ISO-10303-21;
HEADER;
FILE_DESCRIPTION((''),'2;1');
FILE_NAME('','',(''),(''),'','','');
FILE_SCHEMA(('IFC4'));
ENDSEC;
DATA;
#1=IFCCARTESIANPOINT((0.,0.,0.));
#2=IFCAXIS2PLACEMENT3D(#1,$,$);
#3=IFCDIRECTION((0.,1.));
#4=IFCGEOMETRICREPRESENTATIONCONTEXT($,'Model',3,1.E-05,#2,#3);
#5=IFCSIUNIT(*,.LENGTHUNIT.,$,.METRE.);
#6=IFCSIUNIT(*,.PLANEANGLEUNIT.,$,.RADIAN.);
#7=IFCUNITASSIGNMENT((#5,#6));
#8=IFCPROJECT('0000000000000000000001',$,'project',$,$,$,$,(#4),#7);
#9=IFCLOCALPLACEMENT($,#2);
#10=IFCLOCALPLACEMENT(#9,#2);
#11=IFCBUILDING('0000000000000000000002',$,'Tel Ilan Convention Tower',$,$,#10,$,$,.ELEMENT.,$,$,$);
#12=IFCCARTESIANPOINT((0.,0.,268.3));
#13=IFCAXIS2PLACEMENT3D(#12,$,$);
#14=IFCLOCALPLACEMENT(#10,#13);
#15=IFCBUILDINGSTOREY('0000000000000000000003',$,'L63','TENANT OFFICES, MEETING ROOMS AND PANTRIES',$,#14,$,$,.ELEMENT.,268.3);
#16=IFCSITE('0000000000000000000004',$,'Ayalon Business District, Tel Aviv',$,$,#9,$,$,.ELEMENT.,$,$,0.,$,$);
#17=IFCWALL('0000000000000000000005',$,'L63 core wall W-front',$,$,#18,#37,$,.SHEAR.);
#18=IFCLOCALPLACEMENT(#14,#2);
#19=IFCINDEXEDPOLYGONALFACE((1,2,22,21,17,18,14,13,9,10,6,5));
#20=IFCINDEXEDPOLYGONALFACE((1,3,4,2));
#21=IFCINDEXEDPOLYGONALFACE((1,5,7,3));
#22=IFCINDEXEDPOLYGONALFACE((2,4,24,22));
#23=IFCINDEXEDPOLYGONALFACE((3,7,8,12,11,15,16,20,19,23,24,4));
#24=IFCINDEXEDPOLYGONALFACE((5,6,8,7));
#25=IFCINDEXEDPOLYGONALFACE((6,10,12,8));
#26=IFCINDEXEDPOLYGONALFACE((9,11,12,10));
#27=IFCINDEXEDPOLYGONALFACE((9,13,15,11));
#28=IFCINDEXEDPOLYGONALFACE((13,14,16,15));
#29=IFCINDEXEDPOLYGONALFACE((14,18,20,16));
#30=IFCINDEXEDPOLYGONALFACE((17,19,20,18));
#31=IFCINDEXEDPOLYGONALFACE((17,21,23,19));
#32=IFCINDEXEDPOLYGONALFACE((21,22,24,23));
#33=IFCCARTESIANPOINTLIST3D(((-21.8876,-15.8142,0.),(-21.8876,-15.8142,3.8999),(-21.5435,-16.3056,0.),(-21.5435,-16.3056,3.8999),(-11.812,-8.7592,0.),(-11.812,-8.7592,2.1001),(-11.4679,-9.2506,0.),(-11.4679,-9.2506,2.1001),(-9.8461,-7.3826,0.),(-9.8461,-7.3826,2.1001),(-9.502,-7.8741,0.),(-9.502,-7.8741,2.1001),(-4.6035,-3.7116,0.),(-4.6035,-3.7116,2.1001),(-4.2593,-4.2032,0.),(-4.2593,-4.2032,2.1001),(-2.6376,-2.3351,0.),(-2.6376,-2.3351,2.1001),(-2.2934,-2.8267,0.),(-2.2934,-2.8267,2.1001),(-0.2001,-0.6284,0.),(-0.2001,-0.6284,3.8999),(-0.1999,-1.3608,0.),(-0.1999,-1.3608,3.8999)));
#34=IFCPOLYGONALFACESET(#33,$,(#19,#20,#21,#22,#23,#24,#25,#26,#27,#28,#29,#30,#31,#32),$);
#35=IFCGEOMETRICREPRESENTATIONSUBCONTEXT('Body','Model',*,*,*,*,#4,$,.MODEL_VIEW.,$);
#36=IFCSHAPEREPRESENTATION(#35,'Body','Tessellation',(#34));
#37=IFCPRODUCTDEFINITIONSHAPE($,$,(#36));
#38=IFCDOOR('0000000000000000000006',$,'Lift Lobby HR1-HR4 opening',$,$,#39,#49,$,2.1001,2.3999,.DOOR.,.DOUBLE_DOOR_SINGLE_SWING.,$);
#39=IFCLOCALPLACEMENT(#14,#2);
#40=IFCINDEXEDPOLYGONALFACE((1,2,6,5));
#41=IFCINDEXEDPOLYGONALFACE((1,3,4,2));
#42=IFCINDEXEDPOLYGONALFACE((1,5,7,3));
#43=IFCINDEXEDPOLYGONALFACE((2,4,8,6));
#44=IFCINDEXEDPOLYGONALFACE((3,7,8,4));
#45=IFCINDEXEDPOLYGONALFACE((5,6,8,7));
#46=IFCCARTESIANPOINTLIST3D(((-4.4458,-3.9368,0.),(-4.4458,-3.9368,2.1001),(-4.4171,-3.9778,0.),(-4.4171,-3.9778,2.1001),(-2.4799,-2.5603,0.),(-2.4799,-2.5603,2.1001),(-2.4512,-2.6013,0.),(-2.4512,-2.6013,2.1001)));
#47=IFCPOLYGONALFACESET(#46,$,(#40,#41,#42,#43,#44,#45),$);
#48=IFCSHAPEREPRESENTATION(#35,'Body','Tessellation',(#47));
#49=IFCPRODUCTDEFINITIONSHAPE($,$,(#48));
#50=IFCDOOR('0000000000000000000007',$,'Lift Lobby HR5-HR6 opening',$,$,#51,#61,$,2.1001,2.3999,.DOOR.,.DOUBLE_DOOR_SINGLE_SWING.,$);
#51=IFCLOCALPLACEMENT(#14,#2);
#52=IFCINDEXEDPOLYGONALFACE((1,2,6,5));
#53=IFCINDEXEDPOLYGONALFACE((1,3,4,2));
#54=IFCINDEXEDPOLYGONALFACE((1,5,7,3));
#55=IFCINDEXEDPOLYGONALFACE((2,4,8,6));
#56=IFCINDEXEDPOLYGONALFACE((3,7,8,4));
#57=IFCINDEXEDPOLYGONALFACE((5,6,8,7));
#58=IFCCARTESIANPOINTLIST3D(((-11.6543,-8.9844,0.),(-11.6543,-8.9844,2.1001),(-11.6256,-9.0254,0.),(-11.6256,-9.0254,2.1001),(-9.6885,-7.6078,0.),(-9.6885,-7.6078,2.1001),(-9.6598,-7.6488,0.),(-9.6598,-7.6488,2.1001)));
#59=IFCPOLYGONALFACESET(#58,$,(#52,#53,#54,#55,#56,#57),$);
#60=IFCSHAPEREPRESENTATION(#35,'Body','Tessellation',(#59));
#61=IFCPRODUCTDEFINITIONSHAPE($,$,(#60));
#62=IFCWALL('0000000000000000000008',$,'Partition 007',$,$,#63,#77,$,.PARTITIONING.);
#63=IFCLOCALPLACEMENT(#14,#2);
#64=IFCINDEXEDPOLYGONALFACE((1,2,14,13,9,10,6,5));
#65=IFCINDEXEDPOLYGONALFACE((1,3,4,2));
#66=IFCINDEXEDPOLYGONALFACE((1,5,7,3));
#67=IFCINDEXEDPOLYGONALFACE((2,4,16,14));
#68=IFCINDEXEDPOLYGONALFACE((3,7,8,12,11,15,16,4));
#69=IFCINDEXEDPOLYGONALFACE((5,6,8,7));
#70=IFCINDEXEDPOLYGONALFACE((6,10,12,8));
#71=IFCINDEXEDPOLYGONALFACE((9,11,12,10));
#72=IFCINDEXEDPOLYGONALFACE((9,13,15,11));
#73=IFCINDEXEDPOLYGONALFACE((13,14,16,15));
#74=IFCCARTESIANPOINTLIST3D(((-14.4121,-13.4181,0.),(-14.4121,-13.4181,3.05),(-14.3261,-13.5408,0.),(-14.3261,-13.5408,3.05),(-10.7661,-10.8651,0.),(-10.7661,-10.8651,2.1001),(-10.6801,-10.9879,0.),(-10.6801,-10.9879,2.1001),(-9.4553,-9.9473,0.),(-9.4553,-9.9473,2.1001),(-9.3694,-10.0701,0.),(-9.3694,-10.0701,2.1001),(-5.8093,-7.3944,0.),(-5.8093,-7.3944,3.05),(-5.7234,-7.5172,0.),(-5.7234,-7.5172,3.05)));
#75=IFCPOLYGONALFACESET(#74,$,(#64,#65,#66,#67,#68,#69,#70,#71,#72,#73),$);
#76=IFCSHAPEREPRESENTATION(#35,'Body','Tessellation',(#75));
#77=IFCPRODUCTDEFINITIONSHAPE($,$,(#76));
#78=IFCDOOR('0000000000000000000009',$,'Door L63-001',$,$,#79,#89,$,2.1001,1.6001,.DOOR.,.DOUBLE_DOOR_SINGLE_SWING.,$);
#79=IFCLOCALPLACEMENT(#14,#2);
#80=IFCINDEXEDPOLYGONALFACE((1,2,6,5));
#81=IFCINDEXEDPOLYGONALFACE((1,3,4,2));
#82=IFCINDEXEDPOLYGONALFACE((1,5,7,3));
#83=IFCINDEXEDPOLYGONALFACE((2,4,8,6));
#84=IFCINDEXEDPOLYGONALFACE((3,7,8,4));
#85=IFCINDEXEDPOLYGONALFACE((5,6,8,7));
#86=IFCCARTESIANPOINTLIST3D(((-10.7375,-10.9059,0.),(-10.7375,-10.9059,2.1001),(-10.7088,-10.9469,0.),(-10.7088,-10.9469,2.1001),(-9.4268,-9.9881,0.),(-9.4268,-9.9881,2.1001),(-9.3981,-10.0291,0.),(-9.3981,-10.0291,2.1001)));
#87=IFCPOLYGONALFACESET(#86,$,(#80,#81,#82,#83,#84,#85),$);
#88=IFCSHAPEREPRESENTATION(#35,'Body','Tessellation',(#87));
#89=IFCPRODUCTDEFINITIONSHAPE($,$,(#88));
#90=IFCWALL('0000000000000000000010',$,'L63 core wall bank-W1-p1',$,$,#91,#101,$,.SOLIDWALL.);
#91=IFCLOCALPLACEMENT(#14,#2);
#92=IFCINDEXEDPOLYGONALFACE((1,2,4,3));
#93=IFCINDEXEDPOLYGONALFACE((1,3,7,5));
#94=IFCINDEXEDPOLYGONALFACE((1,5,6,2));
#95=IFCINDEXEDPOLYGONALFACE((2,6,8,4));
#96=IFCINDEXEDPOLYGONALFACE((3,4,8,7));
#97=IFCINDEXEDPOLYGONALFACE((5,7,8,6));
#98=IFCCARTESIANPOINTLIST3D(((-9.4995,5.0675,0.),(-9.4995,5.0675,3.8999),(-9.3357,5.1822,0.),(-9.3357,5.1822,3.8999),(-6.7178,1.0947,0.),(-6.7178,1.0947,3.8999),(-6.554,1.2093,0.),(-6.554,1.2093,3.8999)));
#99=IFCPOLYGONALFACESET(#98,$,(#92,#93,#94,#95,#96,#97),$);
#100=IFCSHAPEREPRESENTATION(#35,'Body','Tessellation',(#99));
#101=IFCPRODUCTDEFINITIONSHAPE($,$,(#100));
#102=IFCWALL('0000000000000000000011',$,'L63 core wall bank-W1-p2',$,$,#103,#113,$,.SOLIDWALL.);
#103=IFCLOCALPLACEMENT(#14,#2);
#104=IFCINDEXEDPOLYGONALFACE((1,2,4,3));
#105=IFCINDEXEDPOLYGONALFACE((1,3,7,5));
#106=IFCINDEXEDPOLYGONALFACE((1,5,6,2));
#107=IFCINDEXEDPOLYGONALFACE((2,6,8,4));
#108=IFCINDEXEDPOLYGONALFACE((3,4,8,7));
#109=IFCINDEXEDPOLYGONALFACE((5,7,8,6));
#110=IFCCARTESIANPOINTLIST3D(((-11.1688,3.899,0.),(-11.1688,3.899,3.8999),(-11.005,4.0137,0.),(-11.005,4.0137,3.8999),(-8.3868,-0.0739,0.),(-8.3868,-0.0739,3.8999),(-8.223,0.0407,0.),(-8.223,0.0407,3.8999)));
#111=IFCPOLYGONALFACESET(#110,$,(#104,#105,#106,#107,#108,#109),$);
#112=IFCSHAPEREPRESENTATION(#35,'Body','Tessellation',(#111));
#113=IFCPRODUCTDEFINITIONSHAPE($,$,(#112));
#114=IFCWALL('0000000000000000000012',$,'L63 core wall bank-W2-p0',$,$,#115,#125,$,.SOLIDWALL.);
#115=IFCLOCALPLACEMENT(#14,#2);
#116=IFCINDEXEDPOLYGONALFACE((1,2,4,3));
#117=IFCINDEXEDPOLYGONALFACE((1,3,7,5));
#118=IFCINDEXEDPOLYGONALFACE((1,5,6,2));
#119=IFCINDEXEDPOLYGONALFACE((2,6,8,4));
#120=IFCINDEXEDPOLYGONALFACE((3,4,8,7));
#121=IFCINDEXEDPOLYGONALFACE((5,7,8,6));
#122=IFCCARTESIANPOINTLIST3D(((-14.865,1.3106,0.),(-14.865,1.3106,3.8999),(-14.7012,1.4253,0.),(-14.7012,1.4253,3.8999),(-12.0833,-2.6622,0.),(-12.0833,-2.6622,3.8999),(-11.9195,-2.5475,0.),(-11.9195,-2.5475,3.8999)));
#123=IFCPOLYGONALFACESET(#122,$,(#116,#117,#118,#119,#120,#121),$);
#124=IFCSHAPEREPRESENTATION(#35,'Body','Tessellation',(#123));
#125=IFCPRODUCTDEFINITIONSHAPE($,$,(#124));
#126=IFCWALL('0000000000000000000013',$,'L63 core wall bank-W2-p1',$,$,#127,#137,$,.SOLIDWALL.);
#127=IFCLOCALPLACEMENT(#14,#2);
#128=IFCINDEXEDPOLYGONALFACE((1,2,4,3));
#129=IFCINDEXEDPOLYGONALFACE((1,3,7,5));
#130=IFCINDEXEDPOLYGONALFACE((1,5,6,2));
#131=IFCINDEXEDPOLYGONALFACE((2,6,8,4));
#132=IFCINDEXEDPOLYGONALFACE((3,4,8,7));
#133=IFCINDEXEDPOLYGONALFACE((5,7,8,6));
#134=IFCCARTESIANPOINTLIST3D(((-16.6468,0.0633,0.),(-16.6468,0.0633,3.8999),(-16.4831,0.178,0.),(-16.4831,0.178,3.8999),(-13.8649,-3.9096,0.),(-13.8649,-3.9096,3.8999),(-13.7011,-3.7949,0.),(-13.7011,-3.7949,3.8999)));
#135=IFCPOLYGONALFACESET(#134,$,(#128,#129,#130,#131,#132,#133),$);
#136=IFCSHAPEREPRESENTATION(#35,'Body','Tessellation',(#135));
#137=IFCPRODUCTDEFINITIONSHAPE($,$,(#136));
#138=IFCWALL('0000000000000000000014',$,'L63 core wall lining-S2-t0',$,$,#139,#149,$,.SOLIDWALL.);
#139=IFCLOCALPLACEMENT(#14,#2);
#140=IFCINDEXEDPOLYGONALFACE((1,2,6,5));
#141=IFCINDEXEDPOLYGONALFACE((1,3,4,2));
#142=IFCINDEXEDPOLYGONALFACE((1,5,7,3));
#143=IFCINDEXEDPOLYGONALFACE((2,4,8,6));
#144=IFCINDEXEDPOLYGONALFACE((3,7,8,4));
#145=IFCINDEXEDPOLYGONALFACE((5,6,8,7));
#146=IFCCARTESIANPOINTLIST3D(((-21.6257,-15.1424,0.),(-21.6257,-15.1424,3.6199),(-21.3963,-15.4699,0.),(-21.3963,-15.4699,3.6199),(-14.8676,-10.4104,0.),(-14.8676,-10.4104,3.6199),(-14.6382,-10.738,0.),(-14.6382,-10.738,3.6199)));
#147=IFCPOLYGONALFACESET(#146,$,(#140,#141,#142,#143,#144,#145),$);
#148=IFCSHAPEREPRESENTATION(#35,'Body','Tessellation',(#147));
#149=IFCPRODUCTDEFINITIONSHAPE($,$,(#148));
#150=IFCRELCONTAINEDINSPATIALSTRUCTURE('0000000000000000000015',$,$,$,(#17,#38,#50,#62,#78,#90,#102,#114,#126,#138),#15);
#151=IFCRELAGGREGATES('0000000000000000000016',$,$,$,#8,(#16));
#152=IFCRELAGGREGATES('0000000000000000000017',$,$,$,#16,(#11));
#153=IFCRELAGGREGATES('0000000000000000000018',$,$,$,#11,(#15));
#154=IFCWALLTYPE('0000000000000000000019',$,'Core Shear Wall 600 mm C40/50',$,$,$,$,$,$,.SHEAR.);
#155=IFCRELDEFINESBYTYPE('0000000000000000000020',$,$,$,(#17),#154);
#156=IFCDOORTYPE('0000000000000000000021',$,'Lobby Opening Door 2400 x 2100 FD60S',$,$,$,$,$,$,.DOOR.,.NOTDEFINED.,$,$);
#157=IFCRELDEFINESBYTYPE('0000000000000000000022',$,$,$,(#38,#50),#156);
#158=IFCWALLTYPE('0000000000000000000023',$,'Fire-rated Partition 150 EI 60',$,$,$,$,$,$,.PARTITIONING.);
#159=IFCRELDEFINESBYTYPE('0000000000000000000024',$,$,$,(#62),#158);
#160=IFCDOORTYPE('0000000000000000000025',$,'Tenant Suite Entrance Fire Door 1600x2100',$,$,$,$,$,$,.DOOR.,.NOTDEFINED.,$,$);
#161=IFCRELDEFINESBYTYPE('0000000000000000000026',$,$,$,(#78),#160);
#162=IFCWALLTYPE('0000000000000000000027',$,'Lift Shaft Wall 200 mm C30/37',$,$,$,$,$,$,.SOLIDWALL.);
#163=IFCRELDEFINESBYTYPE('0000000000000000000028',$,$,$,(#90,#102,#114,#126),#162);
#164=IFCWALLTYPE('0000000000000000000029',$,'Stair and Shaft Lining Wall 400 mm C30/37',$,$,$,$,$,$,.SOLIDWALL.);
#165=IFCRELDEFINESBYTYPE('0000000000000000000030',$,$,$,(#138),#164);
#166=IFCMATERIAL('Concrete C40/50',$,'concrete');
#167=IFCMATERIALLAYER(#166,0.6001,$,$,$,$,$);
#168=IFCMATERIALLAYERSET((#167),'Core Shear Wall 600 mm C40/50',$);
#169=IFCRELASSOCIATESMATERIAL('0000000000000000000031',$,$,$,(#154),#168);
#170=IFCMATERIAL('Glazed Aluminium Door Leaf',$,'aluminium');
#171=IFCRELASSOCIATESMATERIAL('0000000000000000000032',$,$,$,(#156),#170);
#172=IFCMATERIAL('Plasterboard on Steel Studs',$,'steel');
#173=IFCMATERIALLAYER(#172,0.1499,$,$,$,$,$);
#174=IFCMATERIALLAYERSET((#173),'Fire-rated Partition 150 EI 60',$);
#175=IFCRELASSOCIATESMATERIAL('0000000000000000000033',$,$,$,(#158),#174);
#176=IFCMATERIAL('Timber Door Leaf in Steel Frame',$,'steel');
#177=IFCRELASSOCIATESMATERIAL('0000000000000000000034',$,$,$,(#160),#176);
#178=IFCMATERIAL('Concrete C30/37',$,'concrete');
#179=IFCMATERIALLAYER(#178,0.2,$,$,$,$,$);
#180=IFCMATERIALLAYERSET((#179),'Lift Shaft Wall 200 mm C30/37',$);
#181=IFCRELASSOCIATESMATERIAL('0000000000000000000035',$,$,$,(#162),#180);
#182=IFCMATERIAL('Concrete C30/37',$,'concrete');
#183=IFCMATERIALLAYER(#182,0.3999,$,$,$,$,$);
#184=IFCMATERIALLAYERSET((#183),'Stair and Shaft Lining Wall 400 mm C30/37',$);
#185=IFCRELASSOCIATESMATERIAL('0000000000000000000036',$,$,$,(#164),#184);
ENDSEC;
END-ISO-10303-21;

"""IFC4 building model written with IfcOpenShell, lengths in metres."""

from ifc_helpers import new_model, si_unit, direction, frame, frame_2d, origin, place, context, subcontext, project, spatial, polyline, rectangle, outline, extrude, material, layer, layer_set, type_object, element, fill, save


model = new_model("IFC4")

# Units and contexts
model_context = context("Model", 3, precision=1e-05, world=origin(), true_north=direction((0.0, 1.0)))
body_context = subcontext(model_context, "Body", "Model", "MODEL_VIEW")
ifc_project = project(units=[si_unit("LENGTHUNIT", "METRE"), si_unit("PLANEANGLEUNIT", "RADIAN")], contexts=[model_context])

# Site, building, storey
site_placement = place(None, origin())
site = spatial("IfcSite", under=ifc_project, at=site_placement, Name="Ayalon Business District, Tel Aviv", CompositionType="ELEMENT", RefElevation=0.0)
building_placement = place(site_placement, origin())
building = spatial("IfcBuilding", under=site, at=building_placement, Name="Tel Ilan Convention Tower", CompositionType="ELEMENT")
storey_placement = place(building_placement, frame((0.0, 0.0, 268.3)))
storey = spatial("IfcBuildingStorey", under=building, at=storey_placement, Name="L63", Description="TENANT OFFICES, MEETING ROOMS AND PANTRIES", CompositionType="ELEMENT", Elevation=268.3)

# Wall, openings, doors
ifc_material_1 = material(Name="Concrete C40/50", Category="concrete")
ifc_layer_1 = layer(ifc_material_1, 0.6001)
ifc_layer_set_1 = layer_set([ifc_layer_1], Name="Core Shear Wall 600 mm C40/50")
wall_type_1 = type_object("IfcWallType", Name="Core Shear Wall 600 mm C40/50", PredefinedType="SHEAR", material=ifc_layer_set_1)
wall_1_placement = place(storey_placement, frame((-0.0278, -0.874, 0.0), z_axis=(0.0, 0.0, 1.0), x_axis=(-0.81915, -0.573579, 0.0)))
wall_1 = element("IfcWall", 1, at=wall_1_placement, inside=storey, type_object=wall_type_1, Name="L63 core wall W-front", PredefinedType="SHEAR", context=body_context, shape_type="SweptSolid", body=[
    extrude(outline(polyline([(26.4758, 0.2998), (0.4202, 0.3), (0.0002, -0.3), (26.4758, -0.3), (26.4758, 0.2998)])), origin(), (0.0, 0.0, 1.0), 3.8999),
])
opening_1_placement = place(wall_1_placement, frame((2.9758, 0.0, 0.0)))
opening_1 = element("IfcOpeningElement", 2, at=opening_1_placement, cuts=wall_1, PredefinedType="OPENING", context=body_context, shape_type="SweptSolid", body=[
    extrude(rectangle(XDim=2.3999, YDim=2.1001, at=frame_2d((1.2, 1.05))), frame((0.0, 0.3101, 0.0), z_axis=(0.0, -1.0, 0.0), x_axis=(1.0, 0.0, 0.0)), (0.0, 0.0, 1.0), 0.6201),
])
opening_2_placement = place(wall_1_placement, frame((11.7759, 0.0, 0.0)))
opening_2 = element("IfcOpeningElement", 3, at=opening_2_placement, cuts=wall_1, PredefinedType="OPENING", context=body_context, shape_type="SweptSolid", body=[
    extrude(rectangle(XDim=2.3999, YDim=2.1001, at=frame_2d((1.2, 1.05))), frame((0.0, 0.3101, 0.0), z_axis=(0.0, -1.0, 0.0), x_axis=(1.0, 0.0, 0.0)), (0.0, 0.0, 1.0), 0.6201),
])
ifc_material_2 = material(Name="Glazed Aluminium Door Leaf", Category="aluminium")
door_type_1 = type_object("IfcDoorType", Name="Lobby Opening Door 2400 x 2100 FD60S", OperationType="NOTDEFINED", PredefinedType="DOOR", material=ifc_material_2)
door_1_placement = place(opening_1_placement, origin())
door_1 = element("IfcDoor", 4, at=door_1_placement, inside=storey, type_object=door_type_1, Name="Lift Lobby HR1-HR4 opening", OperationType="DOUBLE_DOOR_SINGLE_SWING", OverallHeight=2.1001, OverallWidth=2.3999, PredefinedType="DOOR", context=body_context, shape_type="SweptSolid", body=[
    extrude(rectangle(XDim=2.3999, YDim=2.1001, at=frame_2d((1.2, 1.05))), frame((0.0, 0.0249, 0.0), z_axis=(0.0, -1.0, 0.0), x_axis=(1.0, 0.0, 0.0)), (0.0, 0.0, 1.0), 0.05),
])
fill(opening_1, door_1)
door_2_placement = place(opening_2_placement, origin())
door_2 = element("IfcDoor", 5, at=door_2_placement, inside=storey, type_object=door_type_1, Name="Lift Lobby HR5-HR6 opening", OperationType="DOUBLE_DOOR_SINGLE_SWING", OverallHeight=2.1001, OverallWidth=2.3999, PredefinedType="DOOR", context=body_context, shape_type="SweptSolid", body=[
    extrude(rectangle(XDim=2.3999, YDim=2.1001, at=frame_2d((1.2, 1.05))), frame((0.0, 0.0249, 0.0), z_axis=(0.0, -1.0, 0.0), x_axis=(1.0, 0.0, 0.0)), (0.0, 0.0, 1.0), 0.05),
])
fill(opening_2, door_2)

# Wall, opening, door
ifc_material_3 = material(Name="Plasterboard on Steel Studs", Category="steel")
ifc_layer_2 = layer(ifc_material_3, 0.1499)
ifc_layer_set_2 = layer_set([ifc_layer_2], Name="Fire-rated Partition 150 EI 60")
wall_type_2 = type_object("IfcWallType", Name="Fire-rated Partition 150 EI 60", PredefinedType="PARTITIONING", material=ifc_layer_set_2)
wall_2_placement = place(storey_placement, frame((-5.7664, -7.4558, 0.0), z_axis=(0.0, 0.0, 1.0), x_axis=(-0.819154, -0.573573, 0.0)))
wall_2 = element("IfcWall", 6, at=wall_2_placement, inside=storey, type_object=wall_type_2, Name="Partition 007", PredefinedType="PARTITIONING", context=body_context, shape_type="SweptSolid", body=[
    extrude(rectangle(XDim=10.502, YDim=0.1499, at=frame_2d((5.251, 0.0))), origin(), (0.0, 0.0, 1.0), 3.05),
])
opening_3_placement = place(wall_2_placement, frame((4.4509, 0.0, 0.0)))
opening_3 = element("IfcOpeningElement", 7, at=opening_3_placement, cuts=wall_2, PredefinedType="OPENING", context=body_context, shape_type="SweptSolid", body=[
    extrude(rectangle(XDim=1.6001, YDim=2.1001, at=frame_2d((0.8, 1.05))), frame((0.0, 0.085, 0.0), z_axis=(0.0, -1.0, 0.0), x_axis=(1.0, 0.0, 0.0)), (0.0, 0.0, 1.0), 0.1699),
])
ifc_material_4 = material(Name="Timber Door Leaf in Steel Frame", Category="steel")
door_type_2 = type_object("IfcDoorType", Name="Tenant Suite Entrance Fire Door 1600x2100", OperationType="NOTDEFINED", PredefinedType="DOOR", material=ifc_material_4)
door_3_placement = place(opening_3_placement, origin())
door_3 = element("IfcDoor", 8, at=door_3_placement, inside=storey, type_object=door_type_2, Name="Door L63-001", OperationType="DOUBLE_DOOR_SINGLE_SWING", OverallHeight=2.1001, OverallWidth=1.6001, PredefinedType="DOOR", context=body_context, shape_type="SweptSolid", body=[
    extrude(rectangle(XDim=1.6001, YDim=2.1001, at=frame_2d((0.8, 1.05))), frame((0.0, 0.0249, 0.0), z_axis=(0.0, -1.0, 0.0), x_axis=(1.0, 0.0, 0.0)), (0.0, 0.0, 1.0), 0.05),
])
fill(opening_3, door_3)

# Walls
ifc_material_5 = material(Name="Concrete C30/37", Category="concrete")
ifc_layer_3 = layer(ifc_material_5, 0.2)
ifc_layer_set_3 = layer_set([ifc_layer_3], Name="Lift Shaft Wall 200 mm C30/37")
wall_type_3 = type_object("IfcWallType", Name="Lift Shaft Wall 200 mm C30/37", PredefinedType="SOLIDWALL", material=ifc_layer_set_3)
wall_3_placement = place(storey_placement, frame((-6.636, 1.1521, 0.0), z_axis=(0.0, 0.0, 1.0), x_axis=(-0.57356, 0.819163, 0.0)))
element("IfcWall", 9, at=wall_3_placement, inside=storey, type_object=wall_type_3, Name="L63 core wall bank-W1-p1", PredefinedType="SOLIDWALL", context=body_context, shape_type="SweptSolid", body=[
    extrude(rectangle(XDim=4.8499, YDim=0.2, at=frame_2d((2.4248, 0.0))), origin(), (0.0, 0.0, 1.0), 3.8999),
])
wall_4_placement = place(storey_placement, frame((-8.3049, -0.0166, 0.0), z_axis=(0.0, 0.0, 1.0), x_axis=(-0.573594, 0.81914, 0.0)))
element("IfcWall", 10, at=wall_4_placement, inside=storey, type_object=wall_type_3, Name="L63 core wall bank-W1-p2", PredefinedType="SOLIDWALL", context=body_context, shape_type="SweptSolid", body=[
    extrude(rectangle(XDim=4.8501, YDim=0.2, at=frame_2d((2.425, 0.0))), origin(), (0.0, 0.0, 1.0), 3.8999),
])
wall_5_placement = place(storey_placement, frame((-12.0015, -2.6047, 0.0), z_axis=(0.0, 0.0, 1.0), x_axis=(-0.57356, 0.819163, 0.0)))
element("IfcWall", 11, at=wall_5_placement, inside=storey, type_object=wall_type_3, Name="L63 core wall bank-W2-p0", PredefinedType="SOLIDWALL", context=body_context, shape_type="SweptSolid", body=[
    extrude(rectangle(XDim=4.8499, YDim=0.2, at=frame_2d((2.4248, 0.0))), origin(), (0.0, 0.0, 1.0), 3.8999),
])
wall_6_placement = place(storey_placement, frame((-13.783, -3.8523, 0.0), z_axis=(0.0, 0.0, 1.0), x_axis=(-0.573594, 0.81914, 0.0)))
element("IfcWall", 12, at=wall_6_placement, inside=storey, type_object=wall_type_3, Name="L63 core wall bank-W2-p1", PredefinedType="SOLIDWALL", context=body_context, shape_type="SweptSolid", body=[
    extrude(rectangle(XDim=4.8501, YDim=0.2, at=frame_2d((2.425, 0.0))), origin(), (0.0, 0.0, 1.0), 3.8999),
])
ifc_material_6 = material(Name="Concrete C30/37", Category="concrete")
ifc_layer_4 = layer(ifc_material_6, 0.3999)
ifc_layer_set_4 = layer_set([ifc_layer_4], Name="Stair and Shaft Lining Wall 400 mm C30/37")
wall_type_4 = type_object("IfcWallType", Name="Stair and Shaft Lining Wall 400 mm C30/37", PredefinedType="SOLIDWALL", material=ifc_layer_set_4)
wall_7_placement = place(storey_placement, frame((-14.7529, -10.5742, 0.0), z_axis=(0.0, 0.0, 1.0), x_axis=(-0.819158, -0.573568, 0.0)))
element("IfcWall", 13, at=wall_7_placement, inside=storey, type_object=wall_type_4, Name="L63 core wall lining-S2-t0", PredefinedType="SOLIDWALL", context=body_context, shape_type="SweptSolid", body=[
    extrude(rectangle(XDim=8.25, YDim=0.3999, at=frame_2d((4.125, 0.0))), origin(), (0.0, 0.0, 1.0), 3.6199),
])

save(model, "model.ifc")
